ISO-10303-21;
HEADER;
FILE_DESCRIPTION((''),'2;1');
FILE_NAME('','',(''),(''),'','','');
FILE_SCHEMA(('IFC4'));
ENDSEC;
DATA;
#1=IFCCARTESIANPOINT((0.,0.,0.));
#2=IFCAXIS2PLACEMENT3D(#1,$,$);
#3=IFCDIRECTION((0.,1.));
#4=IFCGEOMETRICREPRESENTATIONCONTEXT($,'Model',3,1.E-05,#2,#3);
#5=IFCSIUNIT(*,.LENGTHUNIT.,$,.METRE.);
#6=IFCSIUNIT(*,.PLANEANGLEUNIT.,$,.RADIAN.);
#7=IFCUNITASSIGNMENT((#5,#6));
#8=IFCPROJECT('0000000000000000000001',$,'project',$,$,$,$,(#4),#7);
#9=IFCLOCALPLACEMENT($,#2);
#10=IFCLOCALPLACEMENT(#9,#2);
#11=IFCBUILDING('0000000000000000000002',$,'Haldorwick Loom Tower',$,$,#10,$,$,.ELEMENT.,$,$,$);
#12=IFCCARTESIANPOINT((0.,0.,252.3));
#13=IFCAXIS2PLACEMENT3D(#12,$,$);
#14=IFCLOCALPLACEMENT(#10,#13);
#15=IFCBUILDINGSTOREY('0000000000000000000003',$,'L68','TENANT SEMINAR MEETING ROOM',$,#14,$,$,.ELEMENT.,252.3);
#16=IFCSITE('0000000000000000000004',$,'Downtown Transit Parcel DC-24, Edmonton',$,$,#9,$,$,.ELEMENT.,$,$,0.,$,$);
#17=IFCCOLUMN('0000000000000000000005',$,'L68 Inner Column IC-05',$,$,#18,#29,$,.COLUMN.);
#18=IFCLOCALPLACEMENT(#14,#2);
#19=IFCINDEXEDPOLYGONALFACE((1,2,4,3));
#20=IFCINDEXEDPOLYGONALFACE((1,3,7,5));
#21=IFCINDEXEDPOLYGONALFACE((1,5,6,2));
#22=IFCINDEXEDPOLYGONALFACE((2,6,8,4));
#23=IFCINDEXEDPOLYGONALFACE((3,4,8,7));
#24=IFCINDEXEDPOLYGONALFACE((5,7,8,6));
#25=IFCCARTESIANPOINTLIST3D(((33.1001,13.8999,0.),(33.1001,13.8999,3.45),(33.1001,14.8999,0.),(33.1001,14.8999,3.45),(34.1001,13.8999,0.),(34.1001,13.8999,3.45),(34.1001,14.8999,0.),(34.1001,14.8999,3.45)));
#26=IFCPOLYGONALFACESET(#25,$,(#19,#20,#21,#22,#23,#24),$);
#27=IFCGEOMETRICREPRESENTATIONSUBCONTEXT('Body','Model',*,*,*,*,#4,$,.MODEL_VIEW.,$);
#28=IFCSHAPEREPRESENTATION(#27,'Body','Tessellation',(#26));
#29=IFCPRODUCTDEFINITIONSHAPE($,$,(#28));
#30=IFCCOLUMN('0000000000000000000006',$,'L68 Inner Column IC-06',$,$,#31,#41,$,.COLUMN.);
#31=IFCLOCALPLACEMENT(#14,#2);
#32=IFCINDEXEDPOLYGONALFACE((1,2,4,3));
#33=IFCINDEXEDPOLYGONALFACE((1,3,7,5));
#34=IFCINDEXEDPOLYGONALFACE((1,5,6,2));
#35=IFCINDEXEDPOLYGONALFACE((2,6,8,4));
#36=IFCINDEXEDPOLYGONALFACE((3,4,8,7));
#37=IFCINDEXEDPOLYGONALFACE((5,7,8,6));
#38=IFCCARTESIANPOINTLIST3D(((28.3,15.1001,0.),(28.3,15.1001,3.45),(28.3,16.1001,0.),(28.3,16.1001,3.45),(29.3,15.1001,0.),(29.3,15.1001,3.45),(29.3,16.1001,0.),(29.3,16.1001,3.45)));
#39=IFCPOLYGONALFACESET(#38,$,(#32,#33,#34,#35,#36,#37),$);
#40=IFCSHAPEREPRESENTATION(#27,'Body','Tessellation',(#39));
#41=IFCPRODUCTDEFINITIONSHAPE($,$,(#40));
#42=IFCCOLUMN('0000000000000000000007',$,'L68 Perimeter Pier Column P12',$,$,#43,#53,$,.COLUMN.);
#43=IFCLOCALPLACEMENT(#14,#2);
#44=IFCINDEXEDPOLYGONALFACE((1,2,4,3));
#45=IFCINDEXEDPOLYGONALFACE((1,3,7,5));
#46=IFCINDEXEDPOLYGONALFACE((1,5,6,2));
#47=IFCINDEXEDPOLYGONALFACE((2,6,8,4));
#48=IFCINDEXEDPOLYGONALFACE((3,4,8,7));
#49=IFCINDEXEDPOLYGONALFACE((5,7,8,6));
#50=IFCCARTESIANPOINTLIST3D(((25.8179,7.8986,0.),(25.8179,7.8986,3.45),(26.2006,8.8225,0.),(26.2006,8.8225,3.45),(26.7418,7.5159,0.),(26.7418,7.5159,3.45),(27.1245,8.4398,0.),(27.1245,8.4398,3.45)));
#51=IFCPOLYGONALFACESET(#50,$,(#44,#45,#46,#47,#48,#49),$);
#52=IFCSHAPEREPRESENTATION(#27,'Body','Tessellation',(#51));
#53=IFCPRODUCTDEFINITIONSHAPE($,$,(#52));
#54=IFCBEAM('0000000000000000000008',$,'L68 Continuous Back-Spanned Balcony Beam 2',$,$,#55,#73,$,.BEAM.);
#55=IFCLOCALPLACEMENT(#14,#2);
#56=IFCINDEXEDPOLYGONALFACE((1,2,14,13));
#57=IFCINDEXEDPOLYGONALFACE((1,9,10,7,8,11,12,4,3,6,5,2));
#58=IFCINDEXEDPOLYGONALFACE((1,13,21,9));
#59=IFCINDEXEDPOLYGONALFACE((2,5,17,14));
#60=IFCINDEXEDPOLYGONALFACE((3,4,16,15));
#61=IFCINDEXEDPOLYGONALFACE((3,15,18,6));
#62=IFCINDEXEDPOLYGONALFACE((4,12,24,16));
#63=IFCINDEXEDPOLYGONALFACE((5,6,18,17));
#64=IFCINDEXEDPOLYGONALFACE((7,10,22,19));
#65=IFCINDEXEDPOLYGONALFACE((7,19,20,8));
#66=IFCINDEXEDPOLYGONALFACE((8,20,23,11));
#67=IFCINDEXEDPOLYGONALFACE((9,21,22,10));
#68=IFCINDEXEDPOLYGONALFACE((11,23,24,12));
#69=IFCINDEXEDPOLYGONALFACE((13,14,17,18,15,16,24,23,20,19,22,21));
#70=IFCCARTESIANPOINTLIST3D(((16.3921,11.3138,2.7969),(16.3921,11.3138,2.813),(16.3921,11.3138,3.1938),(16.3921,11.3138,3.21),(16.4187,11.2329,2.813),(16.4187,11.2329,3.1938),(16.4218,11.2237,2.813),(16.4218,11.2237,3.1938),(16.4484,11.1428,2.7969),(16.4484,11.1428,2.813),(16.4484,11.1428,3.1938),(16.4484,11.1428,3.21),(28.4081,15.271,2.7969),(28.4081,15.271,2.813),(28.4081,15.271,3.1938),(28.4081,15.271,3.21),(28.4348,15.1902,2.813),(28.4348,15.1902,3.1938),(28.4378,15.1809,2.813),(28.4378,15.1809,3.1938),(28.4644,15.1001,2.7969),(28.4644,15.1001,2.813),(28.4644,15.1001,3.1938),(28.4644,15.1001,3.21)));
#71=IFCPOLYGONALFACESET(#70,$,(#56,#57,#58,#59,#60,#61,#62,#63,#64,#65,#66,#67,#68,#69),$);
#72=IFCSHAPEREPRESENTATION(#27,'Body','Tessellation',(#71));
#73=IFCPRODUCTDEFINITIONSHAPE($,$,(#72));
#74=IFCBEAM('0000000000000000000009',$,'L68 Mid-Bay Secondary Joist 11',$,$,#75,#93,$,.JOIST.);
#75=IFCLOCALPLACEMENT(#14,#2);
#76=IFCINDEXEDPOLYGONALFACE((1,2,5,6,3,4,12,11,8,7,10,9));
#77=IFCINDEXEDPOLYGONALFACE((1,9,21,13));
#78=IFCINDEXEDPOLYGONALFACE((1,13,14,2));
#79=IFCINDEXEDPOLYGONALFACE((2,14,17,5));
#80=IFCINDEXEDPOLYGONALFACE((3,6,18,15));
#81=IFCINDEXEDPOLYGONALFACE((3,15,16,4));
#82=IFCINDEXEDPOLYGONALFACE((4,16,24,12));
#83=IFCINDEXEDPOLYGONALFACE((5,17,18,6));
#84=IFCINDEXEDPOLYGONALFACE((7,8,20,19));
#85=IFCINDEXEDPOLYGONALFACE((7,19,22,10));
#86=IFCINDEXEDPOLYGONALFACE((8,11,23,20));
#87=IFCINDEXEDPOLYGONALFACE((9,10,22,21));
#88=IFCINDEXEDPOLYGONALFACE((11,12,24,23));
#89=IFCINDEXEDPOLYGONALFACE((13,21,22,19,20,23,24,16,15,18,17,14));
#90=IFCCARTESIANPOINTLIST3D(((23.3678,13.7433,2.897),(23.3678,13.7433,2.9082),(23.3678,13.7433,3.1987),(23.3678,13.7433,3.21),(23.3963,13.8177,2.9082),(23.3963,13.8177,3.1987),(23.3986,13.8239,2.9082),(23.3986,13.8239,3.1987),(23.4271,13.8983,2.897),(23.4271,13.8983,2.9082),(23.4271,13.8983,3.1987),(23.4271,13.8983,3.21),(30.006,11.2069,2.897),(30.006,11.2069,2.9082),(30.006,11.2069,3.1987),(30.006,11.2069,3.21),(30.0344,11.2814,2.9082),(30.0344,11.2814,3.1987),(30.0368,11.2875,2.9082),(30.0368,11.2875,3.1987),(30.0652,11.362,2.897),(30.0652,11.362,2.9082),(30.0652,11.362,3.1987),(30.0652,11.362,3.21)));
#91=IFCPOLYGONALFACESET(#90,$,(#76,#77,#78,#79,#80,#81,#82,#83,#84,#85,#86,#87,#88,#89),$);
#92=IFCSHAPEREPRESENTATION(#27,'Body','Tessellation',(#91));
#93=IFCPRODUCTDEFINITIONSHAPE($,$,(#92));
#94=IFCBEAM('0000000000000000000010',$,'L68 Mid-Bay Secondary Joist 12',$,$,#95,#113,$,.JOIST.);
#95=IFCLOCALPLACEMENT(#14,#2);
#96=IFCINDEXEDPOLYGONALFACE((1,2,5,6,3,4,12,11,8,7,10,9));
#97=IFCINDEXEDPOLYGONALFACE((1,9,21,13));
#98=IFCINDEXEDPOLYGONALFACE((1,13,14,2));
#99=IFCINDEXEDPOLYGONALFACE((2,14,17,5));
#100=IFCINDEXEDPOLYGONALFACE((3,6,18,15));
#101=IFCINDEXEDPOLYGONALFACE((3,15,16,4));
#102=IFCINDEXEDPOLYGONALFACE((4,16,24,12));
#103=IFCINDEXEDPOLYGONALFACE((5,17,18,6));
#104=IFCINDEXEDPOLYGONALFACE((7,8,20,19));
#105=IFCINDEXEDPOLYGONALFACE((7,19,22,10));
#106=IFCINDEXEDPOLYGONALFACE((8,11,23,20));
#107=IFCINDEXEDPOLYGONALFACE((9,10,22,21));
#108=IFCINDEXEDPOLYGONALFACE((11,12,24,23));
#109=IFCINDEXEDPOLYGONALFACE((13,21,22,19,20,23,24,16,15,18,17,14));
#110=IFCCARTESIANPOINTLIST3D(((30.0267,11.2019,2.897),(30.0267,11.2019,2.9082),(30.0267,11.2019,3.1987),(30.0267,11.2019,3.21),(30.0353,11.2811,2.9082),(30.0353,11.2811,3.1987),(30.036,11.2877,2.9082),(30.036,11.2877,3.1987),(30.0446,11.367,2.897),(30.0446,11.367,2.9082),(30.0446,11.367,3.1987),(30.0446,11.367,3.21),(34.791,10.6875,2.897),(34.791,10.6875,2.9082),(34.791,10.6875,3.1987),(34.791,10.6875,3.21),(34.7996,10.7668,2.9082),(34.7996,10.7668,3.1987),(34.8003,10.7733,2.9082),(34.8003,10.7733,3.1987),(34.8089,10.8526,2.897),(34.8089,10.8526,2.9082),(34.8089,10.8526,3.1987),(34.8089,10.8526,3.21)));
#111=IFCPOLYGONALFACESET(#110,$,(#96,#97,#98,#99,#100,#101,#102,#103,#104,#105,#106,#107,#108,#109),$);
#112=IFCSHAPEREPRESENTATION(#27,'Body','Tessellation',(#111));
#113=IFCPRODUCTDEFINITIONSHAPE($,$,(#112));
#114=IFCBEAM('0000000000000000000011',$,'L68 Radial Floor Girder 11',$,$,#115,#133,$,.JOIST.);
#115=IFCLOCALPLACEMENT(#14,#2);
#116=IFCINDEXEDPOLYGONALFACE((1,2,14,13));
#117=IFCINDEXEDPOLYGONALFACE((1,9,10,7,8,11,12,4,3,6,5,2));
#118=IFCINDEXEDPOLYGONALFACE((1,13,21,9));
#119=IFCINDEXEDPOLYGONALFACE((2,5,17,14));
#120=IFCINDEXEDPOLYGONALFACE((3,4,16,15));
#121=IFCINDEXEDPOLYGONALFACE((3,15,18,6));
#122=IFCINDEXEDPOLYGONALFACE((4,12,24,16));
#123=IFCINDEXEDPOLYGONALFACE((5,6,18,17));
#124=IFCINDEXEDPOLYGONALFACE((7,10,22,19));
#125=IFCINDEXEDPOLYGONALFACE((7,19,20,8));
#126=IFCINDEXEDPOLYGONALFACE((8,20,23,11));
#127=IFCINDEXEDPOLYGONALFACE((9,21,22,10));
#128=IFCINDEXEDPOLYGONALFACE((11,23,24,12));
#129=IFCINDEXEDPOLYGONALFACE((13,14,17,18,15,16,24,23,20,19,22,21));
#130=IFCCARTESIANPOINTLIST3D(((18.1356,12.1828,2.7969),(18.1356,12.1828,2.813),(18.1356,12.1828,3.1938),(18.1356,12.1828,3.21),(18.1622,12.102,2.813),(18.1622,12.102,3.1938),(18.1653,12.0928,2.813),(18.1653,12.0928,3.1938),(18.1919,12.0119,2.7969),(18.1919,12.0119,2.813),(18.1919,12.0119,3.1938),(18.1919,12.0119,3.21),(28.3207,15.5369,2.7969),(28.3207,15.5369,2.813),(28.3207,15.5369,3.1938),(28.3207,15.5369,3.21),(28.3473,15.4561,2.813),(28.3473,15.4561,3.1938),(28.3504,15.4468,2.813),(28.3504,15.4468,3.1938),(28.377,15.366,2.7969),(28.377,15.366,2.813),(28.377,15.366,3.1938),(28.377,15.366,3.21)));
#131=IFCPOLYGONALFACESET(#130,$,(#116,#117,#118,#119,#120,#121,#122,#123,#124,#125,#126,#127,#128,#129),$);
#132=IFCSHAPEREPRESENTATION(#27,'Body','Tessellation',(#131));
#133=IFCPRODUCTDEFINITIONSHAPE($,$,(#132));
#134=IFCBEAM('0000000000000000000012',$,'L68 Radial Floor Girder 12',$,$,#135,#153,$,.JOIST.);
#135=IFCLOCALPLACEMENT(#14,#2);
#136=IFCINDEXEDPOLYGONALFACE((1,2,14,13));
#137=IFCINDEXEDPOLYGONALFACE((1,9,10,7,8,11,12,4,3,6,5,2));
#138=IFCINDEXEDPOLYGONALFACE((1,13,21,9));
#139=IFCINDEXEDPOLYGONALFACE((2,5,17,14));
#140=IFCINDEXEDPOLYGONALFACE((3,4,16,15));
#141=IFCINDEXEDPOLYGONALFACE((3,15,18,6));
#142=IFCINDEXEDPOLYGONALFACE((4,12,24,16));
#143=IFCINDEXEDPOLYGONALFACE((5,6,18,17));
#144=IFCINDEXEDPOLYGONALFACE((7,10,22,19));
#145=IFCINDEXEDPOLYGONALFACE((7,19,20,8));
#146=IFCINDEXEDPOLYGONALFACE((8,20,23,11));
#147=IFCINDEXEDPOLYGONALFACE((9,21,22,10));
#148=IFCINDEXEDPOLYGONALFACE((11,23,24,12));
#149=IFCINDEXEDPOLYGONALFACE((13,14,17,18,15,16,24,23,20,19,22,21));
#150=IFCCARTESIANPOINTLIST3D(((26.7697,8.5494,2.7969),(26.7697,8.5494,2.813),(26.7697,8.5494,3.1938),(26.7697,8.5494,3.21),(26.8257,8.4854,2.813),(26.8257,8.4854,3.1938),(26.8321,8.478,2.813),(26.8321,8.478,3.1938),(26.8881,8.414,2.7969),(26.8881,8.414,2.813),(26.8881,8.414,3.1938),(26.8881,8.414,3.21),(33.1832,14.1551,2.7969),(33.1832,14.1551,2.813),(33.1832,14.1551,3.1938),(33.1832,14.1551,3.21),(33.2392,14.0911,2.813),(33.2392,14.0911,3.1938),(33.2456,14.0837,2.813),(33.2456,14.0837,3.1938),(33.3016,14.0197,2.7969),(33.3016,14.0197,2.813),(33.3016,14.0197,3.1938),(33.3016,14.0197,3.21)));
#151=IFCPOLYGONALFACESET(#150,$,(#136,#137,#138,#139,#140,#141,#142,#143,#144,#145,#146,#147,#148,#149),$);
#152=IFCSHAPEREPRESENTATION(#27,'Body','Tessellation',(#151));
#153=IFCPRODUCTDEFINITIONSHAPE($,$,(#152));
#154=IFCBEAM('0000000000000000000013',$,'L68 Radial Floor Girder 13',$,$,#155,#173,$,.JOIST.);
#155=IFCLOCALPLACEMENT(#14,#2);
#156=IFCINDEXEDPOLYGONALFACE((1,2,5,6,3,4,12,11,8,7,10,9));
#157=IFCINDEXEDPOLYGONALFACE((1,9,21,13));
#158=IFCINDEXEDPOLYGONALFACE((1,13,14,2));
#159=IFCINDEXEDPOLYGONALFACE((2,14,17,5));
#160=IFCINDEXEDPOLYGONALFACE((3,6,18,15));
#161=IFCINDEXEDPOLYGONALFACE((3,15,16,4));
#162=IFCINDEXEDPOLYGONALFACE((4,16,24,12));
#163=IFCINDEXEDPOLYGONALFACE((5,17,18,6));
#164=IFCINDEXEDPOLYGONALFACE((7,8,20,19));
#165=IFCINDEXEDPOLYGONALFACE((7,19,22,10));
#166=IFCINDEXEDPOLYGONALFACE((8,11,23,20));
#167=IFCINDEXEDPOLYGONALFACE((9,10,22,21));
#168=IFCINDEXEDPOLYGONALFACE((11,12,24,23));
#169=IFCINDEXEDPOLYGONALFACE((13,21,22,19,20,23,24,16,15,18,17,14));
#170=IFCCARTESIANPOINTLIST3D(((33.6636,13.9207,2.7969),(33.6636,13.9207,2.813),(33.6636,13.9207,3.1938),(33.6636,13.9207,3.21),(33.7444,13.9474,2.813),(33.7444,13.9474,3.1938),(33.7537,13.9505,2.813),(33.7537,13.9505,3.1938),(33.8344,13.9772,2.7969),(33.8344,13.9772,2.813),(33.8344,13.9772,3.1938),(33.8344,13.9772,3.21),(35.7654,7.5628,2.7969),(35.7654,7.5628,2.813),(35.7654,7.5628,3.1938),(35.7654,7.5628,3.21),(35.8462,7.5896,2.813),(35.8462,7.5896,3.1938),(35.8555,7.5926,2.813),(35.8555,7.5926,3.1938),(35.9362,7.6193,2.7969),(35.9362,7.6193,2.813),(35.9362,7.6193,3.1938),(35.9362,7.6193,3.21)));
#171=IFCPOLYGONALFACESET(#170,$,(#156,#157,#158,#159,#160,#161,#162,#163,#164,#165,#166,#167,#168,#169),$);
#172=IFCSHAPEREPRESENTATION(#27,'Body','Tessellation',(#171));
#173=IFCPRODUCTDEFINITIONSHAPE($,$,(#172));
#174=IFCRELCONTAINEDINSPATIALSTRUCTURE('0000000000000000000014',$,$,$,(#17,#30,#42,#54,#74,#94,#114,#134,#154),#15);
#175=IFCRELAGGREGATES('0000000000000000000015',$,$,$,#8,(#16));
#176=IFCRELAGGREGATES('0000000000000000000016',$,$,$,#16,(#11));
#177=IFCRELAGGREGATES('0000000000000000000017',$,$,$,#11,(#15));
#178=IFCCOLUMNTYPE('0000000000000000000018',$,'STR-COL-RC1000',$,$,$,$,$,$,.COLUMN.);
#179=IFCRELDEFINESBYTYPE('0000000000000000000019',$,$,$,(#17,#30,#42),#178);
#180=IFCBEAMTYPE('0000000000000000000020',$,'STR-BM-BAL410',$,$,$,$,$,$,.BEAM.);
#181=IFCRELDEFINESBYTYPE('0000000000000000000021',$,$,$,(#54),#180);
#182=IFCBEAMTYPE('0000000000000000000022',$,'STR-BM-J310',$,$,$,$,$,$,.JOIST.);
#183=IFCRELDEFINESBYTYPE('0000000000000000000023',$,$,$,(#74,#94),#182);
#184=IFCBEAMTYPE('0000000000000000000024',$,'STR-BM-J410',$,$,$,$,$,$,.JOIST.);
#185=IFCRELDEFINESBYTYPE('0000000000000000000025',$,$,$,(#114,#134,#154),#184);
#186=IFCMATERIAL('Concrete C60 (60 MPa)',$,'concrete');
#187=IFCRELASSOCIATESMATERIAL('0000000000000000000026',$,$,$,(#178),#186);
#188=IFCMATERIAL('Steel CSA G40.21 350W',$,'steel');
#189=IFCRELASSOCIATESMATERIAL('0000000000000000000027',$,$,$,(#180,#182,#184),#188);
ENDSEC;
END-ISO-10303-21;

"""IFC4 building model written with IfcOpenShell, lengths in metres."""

from ifc_helpers import new_model, si_unit, direction, frame, origin, origin_2d, place, context, subcontext, project, spatial, rectangle, i_section, extrude, material, material_profile, profile_set, type_object, element, save


model = new_model("IFC4")

# Units and contexts
model_context = context("Model", 3, precision=1e-05, world=origin(), true_north=direction((0.0, 1.0)))
body_context = subcontext(model_context, "Body", "Model", "MODEL_VIEW")
ifc_project = project(units=[si_unit("LENGTHUNIT", "METRE"), si_unit("PLANEANGLEUNIT", "RADIAN")], contexts=[model_context])

# Site, building, storey
site_placement = place(None, origin())
site = spatial("IfcSite", under=ifc_project, at=site_placement, Name="Downtown Transit Parcel DC-24, Edmonton", CompositionType="ELEMENT", RefElevation=0.0)
building_placement = place(site_placement, origin())
building = spatial("IfcBuilding", under=site, at=building_placement, Name="Haldorwick Loom Tower", CompositionType="ELEMENT")
storey_placement = place(building_placement, frame((0.0, 0.0, 252.3)))
storey = spatial("IfcBuildingStorey", under=building, at=storey_placement, Name="L68", Description="TENANT SEMINAR MEETING ROOM", CompositionType="ELEMENT", Elevation=252.3)

# Columns
ifc_material_1 = material(Name="Concrete C60 (60 MPa)", Category="concrete")
ifc_material_profile_1 = material_profile(ifc_material_1, rectangle(XDim=1.0, YDim=1.0, at=origin_2d()), Name="RC1000X1000", Category="concrete")
ifc_profile_set_1 = profile_set([ifc_material_profile_1], Name="Concrete C60 (60 MPa)")
column_type = type_object("IfcColumnType", Name="STR-COL-RC1000", PredefinedType="COLUMN", material=ifc_profile_set_1)
for number, where, z_axis, x_axis, name in (
    (1, (33.6001, 14.3999, 0.0), (0.0, 0.0, 1.0), (1.0, 0.0, 0.0), "L68 Inner Column IC-05"),
    (2, (28.8, 15.6001, 0.0), (0.0, 0.0, 1.0), (1.0, 0.0, 0.0), "L68 Inner Column IC-06"),
    (3, (26.4712, 8.1692, 0.0), (0.0, 0.0, 1.0), (-0.382683, -0.92388, 0.0), "L68 Perimeter Pier Column P12"),
):
    element("IfcColumn", number, at=place(storey_placement, frame(where, z_axis=z_axis, x_axis=x_axis)), inside=storey, type_object=column_type, Name=name, PredefinedType="COLUMN", context=body_context, shape_type="SweptSolid", body=[
        extrude(rectangle(XDim=1.0, YDim=1.0, at=origin_2d()), origin(), (0.0, 0.0, 1.0), 3.45),
    ])

# Beams
ifc_material_2 = material(Name="Steel CSA G40.21 350W", Category="steel")
ifc_material_profile_2 = material_profile(ifc_material_2, i_section(OverallWidth=0.1799, OverallDepth=0.4131, WebThickness=0.0098, FlangeThickness=0.0161, at=origin_2d()), Name="W410X74", Category="steel")
ifc_profile_set_2 = profile_set([ifc_material_profile_2], Name="Steel CSA G40.21 350W")
beam_type_1 = type_object("IfcBeamType", Name="STR-BM-BAL410", PredefinedType="BEAM", material=ifc_profile_set_2)
beam_1_placement = place(storey_placement, frame((28.4363, 15.1855, 3.0034), z_axis=(-0.949818, -0.312804, 0.0), x_axis=(0.312804, -0.949818, 0.0)))
element("IfcBeam", 4, at=beam_1_placement, inside=storey, type_object=beam_type_1, Name="L68 Continuous Back-Spanned Balcony Beam 2", PredefinedType="BEAM", context=body_context, shape_type="SweptSolid", body=[
    extrude(i_section(OverallWidth=0.1799, OverallDepth=0.4131, WebThickness=0.0098, FlangeThickness=0.0161, at=origin_2d()), origin(), (0.0, 0.0, 1.0), 12.6509),
])
ifc_material_profile_3 = material_profile(ifc_material_2, i_section(OverallWidth=0.166, OverallDepth=0.313, WebThickness=0.0066, FlangeThickness=0.0112, at=origin_2d()), Name="W310X45", Category="steel")
ifc_profile_set_3 = profile_set([ifc_material_profile_3], Name="Steel CSA G40.21 350W")
beam_type_2 = type_object("IfcBeamType", Name="STR-BM-J310", PredefinedType="JOIST", material=ifc_profile_set_3)
beam_2_placement = place(storey_placement, frame((23.3975, 13.8208, 3.0535), z_axis=(0.934134, -0.356922, 0.0), x_axis=(0.356922, 0.934134, 0.0)))
element("IfcBeam", 5, at=beam_2_placement, inside=storey, type_object=beam_type_2, Name="L68 Mid-Bay Secondary Joist 11", PredefinedType="JOIST", context=body_context, shape_type="SweptSolid", body=[
    extrude(i_section(OverallWidth=0.166, OverallDepth=0.313, WebThickness=0.0066, FlangeThickness=0.0112, at=origin_2d()), origin(), (0.0, 0.0, 1.0), 7.1062),
])
beam_3_placement = place(storey_placement, frame((30.0356, 11.2844, 3.0535), z_axis=(0.994222, -0.107344, 0.0), x_axis=(0.107344, 0.994222, 0.0)))
element("IfcBeam", 6, at=beam_3_placement, inside=storey, type_object=beam_type_2, Name="L68 Mid-Bay Secondary Joist 12", PredefinedType="JOIST", context=body_context, shape_type="SweptSolid", body=[
    extrude(i_section(OverallWidth=0.166, OverallDepth=0.313, WebThickness=0.0066, FlangeThickness=0.0112, at=origin_2d()), origin(), (0.0, 0.0, 1.0), 4.792),
])
ifc_material_profile_4 = material_profile(ifc_material_2, i_section(OverallWidth=0.1799, OverallDepth=0.4131, WebThickness=0.0098, FlangeThickness=0.0161, at=origin_2d()), Name="W410X74", Category="steel")
ifc_profile_set_4 = profile_set([ifc_material_profile_4], Name="Steel CSA G40.21 350W")
beam_type_3 = type_object("IfcBeamType", Name="STR-BM-J410", PredefinedType="JOIST", material=ifc_profile_set_4)
beam_4_placement = place(storey_placement, frame((28.3489, 15.4514, 3.0034), z_axis=(-0.949825, -0.312783, 0.0), x_axis=(0.312783, -0.949825, 0.0)))
element("IfcBeam", 7, at=beam_4_placement, inside=storey, type_object=beam_type_3, Name="L68 Radial Floor Girder 11", PredefinedType="JOIST", context=body_context, shape_type="SweptSolid", body=[
    extrude(i_section(OverallWidth=0.1799, OverallDepth=0.4131, WebThickness=0.0098, FlangeThickness=0.0161, at=origin_2d()), origin(), (0.0, 0.0, 1.0), 10.7231),
])
beam_5_placement = place(storey_placement, frame((33.2424, 14.0874, 3.0034), z_axis=(-0.752935, -0.658095, 0.0), x_axis=(0.658095, -0.752935, 0.0)))
element("IfcBeam", 8, at=beam_5_placement, inside=storey, type_object=beam_type_3, Name="L68 Radial Floor Girder 12", PredefinedType="JOIST", context=body_context, shape_type="SweptSolid", body=[
    extrude(i_section(OverallWidth=0.1799, OverallDepth=0.4131, WebThickness=0.0098, FlangeThickness=0.0161, at=origin_2d()), origin(), (0.0, 0.0, 1.0), 8.5181),
])
beam_6_placement = place(storey_placement, frame((33.749, 13.949, 3.0034), z_axis=(0.313875, -0.949464, 0.0), x_axis=(0.949464, 0.313875, 0.0)))
element("IfcBeam", 9, at=beam_6_placement, inside=storey, type_object=beam_type_3, Name="L68 Radial Floor Girder 13", PredefinedType="JOIST", context=body_context, shape_type="SweptSolid", body=[
    extrude(i_section(OverallWidth=0.1799, OverallDepth=0.4131, WebThickness=0.0098, FlangeThickness=0.0161, at=origin_2d()), origin(), (0.0, 0.0, 1.0), 6.6963),
])

save(model, "model.ifc")
